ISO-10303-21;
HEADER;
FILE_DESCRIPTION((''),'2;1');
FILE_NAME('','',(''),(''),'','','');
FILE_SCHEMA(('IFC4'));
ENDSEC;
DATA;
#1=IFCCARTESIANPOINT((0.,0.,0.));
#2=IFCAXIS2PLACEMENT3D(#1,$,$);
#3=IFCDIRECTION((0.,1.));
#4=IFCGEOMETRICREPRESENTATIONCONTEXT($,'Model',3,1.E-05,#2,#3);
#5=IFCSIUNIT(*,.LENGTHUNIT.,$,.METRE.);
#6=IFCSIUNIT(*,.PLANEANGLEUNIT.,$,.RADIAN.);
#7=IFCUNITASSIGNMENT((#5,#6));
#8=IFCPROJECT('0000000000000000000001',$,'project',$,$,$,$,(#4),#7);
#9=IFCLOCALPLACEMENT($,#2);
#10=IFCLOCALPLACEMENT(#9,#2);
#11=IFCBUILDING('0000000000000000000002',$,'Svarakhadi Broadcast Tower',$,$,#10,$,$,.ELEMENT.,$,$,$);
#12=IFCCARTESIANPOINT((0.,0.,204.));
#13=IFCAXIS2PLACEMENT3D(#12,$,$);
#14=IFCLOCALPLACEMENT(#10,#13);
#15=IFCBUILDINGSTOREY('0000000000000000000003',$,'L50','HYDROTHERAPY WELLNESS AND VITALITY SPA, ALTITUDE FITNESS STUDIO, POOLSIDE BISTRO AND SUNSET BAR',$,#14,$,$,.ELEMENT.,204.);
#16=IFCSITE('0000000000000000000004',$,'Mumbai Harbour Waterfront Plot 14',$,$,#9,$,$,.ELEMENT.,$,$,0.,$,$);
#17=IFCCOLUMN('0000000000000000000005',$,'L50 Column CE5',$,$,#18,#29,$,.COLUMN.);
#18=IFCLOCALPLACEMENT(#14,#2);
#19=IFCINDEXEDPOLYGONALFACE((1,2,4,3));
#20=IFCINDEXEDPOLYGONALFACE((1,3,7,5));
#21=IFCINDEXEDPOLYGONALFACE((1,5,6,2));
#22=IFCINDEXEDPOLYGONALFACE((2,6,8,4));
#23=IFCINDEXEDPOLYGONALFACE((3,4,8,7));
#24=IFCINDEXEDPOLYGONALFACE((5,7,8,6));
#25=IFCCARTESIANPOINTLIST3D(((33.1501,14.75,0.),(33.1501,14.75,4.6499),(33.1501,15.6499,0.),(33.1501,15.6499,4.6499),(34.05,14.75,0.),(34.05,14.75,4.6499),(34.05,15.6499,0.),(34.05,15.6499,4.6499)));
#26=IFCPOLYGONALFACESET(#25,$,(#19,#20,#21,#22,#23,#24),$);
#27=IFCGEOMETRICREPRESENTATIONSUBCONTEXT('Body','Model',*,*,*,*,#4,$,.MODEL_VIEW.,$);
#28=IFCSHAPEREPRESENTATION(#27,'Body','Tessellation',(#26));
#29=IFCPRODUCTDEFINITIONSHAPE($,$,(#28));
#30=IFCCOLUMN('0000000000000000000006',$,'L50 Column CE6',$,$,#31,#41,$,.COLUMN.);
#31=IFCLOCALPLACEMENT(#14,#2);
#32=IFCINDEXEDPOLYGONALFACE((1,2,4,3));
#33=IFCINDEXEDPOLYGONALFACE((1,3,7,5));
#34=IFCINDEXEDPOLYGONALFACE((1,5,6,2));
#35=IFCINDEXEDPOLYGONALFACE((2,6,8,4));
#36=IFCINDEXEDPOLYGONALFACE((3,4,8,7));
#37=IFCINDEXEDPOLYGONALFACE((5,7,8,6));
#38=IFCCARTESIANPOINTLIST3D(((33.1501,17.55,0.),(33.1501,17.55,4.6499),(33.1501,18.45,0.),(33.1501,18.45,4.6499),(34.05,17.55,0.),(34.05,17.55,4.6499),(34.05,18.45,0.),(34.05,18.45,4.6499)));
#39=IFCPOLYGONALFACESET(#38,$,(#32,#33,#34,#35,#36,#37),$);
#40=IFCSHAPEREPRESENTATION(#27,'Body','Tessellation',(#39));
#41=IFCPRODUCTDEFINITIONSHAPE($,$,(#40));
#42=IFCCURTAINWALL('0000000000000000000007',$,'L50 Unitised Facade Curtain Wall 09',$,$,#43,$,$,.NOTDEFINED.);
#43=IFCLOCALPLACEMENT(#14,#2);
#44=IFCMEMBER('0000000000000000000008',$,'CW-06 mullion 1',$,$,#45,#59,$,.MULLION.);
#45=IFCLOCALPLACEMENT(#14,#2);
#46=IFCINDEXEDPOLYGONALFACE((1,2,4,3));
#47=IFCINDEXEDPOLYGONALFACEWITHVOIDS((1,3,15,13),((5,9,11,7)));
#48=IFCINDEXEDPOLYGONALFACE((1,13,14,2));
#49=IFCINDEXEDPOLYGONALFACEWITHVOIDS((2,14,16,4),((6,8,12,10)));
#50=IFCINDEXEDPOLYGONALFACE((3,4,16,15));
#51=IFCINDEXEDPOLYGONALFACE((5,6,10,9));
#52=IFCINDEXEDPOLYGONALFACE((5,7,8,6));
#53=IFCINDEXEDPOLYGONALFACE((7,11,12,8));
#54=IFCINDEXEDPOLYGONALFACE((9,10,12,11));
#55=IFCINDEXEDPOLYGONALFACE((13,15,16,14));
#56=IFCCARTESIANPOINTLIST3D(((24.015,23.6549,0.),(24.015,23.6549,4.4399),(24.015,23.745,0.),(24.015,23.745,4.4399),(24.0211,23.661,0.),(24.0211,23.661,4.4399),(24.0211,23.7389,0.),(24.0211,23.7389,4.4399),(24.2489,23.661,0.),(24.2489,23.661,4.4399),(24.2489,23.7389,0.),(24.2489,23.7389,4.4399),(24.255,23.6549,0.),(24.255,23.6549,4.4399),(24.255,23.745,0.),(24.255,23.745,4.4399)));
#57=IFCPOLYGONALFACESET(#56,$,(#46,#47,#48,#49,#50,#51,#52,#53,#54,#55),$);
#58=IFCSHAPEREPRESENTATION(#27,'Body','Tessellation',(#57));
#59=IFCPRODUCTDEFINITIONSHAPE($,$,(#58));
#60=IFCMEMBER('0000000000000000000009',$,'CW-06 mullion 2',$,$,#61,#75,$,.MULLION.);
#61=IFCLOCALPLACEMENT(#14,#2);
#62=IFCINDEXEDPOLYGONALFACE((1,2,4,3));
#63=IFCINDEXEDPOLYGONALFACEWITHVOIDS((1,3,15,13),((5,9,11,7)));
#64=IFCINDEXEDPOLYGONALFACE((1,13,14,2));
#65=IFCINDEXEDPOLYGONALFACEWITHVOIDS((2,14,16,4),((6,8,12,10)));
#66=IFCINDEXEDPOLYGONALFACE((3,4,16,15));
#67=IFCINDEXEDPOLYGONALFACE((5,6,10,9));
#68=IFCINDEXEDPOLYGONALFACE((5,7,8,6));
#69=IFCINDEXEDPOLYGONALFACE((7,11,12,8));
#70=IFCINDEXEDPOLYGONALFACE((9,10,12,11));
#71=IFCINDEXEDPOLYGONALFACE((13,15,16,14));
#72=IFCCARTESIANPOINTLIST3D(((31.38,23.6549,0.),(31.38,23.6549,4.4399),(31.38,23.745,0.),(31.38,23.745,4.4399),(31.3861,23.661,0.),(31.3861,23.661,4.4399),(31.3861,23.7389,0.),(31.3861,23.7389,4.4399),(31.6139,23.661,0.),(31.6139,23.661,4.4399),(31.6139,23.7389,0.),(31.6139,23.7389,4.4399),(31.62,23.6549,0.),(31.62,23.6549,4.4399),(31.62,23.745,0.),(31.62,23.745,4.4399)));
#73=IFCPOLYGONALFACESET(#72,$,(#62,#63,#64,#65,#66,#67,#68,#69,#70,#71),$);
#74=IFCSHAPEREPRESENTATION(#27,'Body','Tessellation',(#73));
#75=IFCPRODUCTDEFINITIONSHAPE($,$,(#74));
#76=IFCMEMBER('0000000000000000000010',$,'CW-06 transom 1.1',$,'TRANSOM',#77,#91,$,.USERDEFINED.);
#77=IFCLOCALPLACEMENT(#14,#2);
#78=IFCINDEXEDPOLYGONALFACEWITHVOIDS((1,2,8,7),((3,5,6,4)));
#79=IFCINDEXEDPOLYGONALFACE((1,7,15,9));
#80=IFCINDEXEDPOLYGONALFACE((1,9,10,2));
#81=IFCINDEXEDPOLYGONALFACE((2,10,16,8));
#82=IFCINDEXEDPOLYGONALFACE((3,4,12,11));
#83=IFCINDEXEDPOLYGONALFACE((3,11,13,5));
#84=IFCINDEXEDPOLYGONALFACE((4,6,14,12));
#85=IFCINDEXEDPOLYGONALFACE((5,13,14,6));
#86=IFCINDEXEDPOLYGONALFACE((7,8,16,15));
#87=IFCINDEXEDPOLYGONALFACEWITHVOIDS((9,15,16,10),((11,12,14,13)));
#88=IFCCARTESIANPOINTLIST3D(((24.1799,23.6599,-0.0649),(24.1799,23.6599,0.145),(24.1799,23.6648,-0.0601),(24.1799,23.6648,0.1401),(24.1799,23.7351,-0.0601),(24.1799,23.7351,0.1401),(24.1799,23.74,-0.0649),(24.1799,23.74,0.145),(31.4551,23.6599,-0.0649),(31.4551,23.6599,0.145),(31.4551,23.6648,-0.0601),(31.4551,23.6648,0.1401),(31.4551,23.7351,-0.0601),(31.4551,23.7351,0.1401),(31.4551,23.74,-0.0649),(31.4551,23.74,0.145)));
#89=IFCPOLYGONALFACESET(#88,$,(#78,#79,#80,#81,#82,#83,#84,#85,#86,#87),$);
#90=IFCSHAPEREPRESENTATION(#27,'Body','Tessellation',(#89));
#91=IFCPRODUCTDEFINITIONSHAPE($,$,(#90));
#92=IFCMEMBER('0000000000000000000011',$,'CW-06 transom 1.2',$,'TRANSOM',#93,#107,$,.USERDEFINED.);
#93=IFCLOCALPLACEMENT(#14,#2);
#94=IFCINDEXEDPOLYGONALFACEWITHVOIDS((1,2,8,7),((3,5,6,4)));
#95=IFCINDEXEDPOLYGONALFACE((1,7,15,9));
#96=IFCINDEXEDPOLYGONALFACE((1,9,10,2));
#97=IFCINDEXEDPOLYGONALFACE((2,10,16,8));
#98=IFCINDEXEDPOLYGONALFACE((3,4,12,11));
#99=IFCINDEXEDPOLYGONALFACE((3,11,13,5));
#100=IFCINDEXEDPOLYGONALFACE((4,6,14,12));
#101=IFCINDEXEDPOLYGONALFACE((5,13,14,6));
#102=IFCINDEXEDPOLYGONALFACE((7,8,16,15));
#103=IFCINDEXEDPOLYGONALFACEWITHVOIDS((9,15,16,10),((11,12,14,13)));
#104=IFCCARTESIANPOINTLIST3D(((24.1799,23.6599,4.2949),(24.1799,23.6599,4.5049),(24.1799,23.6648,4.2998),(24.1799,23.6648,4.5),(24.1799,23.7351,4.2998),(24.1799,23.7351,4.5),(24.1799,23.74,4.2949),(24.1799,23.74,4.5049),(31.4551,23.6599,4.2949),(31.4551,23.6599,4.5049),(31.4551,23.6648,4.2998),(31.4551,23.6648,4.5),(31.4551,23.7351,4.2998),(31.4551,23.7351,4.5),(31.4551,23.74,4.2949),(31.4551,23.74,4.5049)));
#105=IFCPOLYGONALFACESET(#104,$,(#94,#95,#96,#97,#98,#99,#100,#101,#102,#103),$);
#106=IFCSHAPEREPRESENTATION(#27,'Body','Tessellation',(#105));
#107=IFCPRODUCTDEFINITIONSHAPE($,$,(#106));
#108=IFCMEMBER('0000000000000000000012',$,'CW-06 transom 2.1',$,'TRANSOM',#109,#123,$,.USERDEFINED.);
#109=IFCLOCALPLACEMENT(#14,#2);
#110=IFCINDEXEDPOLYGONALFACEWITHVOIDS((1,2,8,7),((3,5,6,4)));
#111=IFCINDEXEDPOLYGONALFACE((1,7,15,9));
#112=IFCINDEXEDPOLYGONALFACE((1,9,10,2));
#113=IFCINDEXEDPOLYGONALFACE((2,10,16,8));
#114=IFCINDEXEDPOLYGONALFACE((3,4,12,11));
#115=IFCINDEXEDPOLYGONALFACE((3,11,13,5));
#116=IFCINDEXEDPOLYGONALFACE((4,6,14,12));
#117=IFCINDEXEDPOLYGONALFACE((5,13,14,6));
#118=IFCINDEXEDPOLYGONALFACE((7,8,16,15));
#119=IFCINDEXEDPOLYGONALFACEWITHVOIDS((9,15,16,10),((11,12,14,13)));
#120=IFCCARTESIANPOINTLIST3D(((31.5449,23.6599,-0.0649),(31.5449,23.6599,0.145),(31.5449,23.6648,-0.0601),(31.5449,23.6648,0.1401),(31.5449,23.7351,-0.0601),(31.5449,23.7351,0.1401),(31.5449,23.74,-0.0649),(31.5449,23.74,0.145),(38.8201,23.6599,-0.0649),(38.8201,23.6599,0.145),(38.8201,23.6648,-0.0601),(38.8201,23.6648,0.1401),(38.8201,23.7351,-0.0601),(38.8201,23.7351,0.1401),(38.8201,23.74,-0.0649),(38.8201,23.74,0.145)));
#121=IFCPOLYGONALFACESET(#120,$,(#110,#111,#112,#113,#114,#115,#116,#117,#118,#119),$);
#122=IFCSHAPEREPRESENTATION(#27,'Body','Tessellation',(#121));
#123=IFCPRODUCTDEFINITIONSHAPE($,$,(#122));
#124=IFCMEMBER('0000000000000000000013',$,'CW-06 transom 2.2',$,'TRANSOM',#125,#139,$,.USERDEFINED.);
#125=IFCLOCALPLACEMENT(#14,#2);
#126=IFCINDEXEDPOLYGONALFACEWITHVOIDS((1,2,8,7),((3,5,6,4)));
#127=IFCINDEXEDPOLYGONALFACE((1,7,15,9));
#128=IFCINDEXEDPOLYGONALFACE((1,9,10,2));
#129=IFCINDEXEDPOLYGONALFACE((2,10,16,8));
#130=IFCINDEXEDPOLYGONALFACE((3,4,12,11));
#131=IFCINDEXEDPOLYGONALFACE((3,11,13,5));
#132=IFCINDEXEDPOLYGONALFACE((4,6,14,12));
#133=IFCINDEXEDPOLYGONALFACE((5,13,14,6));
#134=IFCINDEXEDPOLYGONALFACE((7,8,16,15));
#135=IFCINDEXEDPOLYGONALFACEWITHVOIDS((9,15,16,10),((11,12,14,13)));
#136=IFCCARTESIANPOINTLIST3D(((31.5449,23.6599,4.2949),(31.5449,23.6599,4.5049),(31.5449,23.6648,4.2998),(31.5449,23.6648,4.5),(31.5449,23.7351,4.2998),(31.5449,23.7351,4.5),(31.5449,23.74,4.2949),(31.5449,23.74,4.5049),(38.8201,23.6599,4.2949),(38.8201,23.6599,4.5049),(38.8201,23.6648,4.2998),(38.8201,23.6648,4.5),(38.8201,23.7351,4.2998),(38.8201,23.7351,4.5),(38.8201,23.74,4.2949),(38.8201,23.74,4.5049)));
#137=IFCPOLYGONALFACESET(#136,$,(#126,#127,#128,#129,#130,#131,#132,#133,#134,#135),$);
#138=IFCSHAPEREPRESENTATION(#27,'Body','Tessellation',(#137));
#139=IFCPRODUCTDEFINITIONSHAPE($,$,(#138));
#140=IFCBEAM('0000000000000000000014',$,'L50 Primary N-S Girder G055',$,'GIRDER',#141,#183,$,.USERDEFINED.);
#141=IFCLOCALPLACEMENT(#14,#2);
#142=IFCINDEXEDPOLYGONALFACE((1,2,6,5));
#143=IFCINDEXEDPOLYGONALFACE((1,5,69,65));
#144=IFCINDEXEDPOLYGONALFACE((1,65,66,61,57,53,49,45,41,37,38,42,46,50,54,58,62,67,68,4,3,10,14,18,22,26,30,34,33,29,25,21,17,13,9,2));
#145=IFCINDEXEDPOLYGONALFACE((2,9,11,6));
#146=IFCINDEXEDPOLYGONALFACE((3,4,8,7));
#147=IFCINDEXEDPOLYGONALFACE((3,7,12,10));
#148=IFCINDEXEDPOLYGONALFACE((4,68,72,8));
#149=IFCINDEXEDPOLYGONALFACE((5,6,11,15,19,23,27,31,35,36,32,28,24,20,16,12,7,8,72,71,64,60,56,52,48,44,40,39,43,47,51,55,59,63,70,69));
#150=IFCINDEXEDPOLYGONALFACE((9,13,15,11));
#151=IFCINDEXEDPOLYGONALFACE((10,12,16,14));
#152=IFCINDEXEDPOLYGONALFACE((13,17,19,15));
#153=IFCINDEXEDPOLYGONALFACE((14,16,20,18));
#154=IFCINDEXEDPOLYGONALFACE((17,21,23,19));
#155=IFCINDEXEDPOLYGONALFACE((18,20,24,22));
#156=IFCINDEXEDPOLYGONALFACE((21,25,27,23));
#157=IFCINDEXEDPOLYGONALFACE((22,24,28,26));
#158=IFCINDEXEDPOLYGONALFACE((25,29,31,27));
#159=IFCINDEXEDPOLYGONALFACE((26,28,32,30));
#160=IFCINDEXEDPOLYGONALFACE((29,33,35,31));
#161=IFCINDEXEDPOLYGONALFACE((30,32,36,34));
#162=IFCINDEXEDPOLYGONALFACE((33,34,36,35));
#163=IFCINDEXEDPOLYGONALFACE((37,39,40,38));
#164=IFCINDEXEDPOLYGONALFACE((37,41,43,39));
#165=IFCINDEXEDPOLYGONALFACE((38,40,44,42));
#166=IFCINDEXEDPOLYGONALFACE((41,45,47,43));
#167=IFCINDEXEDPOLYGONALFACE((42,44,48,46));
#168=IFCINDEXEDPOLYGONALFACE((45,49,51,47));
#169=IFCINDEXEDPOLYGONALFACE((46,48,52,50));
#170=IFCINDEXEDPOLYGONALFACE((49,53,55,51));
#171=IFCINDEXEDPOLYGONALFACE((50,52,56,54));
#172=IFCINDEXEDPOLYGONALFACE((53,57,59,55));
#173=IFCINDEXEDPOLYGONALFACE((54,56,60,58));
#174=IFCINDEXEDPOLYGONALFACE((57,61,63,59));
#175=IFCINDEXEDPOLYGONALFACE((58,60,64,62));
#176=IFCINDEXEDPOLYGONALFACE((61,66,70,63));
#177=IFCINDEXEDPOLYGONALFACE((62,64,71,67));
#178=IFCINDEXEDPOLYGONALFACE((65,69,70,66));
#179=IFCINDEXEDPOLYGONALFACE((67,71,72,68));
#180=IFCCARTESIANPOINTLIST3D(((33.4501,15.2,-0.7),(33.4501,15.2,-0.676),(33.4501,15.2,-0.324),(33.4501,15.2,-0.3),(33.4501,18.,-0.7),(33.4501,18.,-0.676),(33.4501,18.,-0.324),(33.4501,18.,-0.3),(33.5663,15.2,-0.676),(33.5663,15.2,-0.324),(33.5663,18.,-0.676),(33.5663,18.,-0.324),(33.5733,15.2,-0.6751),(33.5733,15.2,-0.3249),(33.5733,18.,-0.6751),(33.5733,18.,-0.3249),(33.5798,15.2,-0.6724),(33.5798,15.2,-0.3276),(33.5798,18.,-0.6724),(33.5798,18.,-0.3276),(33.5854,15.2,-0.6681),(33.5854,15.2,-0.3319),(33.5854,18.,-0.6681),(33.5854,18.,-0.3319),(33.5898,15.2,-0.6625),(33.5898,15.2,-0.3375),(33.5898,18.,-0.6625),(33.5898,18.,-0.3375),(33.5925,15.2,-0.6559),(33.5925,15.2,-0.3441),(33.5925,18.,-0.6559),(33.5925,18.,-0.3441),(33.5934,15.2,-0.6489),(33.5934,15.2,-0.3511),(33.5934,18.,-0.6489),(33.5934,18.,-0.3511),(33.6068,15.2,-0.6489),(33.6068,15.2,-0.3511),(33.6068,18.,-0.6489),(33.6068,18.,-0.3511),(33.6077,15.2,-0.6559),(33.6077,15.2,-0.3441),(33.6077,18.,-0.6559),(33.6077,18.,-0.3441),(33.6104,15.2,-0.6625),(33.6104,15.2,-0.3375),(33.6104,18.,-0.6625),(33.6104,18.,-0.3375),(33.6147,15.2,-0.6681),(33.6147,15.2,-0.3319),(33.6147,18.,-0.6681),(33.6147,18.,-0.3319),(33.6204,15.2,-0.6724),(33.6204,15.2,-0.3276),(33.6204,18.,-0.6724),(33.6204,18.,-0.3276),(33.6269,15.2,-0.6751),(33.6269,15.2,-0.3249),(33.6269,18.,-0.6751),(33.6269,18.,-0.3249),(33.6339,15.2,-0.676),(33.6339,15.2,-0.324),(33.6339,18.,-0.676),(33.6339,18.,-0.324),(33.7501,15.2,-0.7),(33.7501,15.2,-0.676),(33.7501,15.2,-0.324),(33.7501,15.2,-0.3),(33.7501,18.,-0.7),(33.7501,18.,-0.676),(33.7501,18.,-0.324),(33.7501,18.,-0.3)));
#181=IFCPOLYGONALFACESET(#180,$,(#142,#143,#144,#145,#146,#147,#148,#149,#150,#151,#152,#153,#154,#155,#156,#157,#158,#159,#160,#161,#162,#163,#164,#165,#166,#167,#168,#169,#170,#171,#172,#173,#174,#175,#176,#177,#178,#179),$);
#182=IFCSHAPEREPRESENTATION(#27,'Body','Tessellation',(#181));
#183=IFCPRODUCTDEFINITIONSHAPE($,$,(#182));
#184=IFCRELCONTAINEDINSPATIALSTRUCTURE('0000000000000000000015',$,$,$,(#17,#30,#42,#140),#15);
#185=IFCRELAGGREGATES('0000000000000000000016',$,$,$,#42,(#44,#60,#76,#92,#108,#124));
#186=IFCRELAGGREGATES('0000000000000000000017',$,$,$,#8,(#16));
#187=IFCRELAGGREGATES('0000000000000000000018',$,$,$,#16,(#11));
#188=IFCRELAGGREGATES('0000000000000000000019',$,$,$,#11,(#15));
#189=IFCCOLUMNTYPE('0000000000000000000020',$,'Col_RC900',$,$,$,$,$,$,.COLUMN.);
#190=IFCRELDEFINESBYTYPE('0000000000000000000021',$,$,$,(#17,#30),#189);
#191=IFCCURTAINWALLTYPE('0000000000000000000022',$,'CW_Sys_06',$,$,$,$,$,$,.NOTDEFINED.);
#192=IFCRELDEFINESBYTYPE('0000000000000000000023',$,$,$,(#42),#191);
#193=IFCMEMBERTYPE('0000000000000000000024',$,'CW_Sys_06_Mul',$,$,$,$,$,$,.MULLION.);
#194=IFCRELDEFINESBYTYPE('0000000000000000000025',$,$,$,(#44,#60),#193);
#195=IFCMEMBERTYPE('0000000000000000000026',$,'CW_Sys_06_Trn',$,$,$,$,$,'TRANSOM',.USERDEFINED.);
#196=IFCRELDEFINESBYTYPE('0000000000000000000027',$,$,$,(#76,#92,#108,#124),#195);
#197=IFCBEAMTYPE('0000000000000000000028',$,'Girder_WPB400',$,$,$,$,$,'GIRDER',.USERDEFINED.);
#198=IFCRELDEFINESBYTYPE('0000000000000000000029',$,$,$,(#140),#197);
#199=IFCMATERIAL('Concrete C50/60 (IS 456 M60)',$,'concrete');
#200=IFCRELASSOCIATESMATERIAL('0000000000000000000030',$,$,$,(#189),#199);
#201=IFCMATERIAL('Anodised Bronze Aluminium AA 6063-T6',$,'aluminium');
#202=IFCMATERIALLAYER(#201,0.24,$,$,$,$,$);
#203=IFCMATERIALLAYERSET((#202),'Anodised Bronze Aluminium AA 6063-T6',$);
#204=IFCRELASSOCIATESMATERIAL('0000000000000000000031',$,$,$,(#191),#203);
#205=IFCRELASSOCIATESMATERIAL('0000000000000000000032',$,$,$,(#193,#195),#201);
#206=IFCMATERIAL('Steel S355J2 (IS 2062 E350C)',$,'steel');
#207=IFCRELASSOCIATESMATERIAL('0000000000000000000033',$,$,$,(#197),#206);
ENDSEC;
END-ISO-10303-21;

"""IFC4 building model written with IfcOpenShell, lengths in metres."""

from ifc_helpers import new_model, si_unit, direction, frame, origin, origin_2d, place, context, subcontext, project, spatial, rectangle, hollow_rectangle, i_section, extrude, material, layer, layer_set, material_profile, profile_set, type_object, element, aggregate, save


model = new_model("IFC4")

# Units and contexts
model_context = context("Model", 3, precision=1e-05, world=origin(), true_north=direction((0.0, 1.0)))
body_context = subcontext(model_context, "Body", "Model", "MODEL_VIEW")
ifc_project = project(units=[si_unit("LENGTHUNIT", "METRE"), si_unit("PLANEANGLEUNIT", "RADIAN")], contexts=[model_context])

# Site, building, storey
site_placement = place(None, origin())
site = spatial("IfcSite", under=ifc_project, at=site_placement, Name="Mumbai Harbour Waterfront Plot 14", CompositionType="ELEMENT", RefElevation=0.0)
building_placement = place(site_placement, origin())
building = spatial("IfcBuilding", under=site, at=building_placement, Name="Svarakhadi Broadcast Tower", CompositionType="ELEMENT")
storey_placement = place(building_placement, frame((0.0, 0.0, 204.0)))
storey = spatial("IfcBuildingStorey", under=building, at=storey_placement, Name="L50", Description="HYDROTHERAPY WELLNESS AND VITALITY SPA, ALTITUDE FITNESS STUDIO, POOLSIDE BISTRO AND SUNSET BAR", CompositionType="ELEMENT", Elevation=204.0)

# Columns
ifc_material_1 = material(Name="Concrete C50/60 (IS 456 M60)", Category="concrete")
ifc_material_profile_1 = material_profile(ifc_material_1, rectangle(XDim=0.8999, YDim=0.8999, at=origin_2d()), Name="RC 900x900")
ifc_profile_set_1 = profile_set([ifc_material_profile_1], Name="Concrete C50/60 (IS 456 M60)")
column_type = type_object("IfcColumnType", Name="Col_RC900", PredefinedType="COLUMN", material=ifc_profile_set_1)
for number, where, z_axis, x_axis, name in (
    (1, (33.6001, 15.2, 0.0), (0.0, 0.0, 1.0), (1.0, 0.0, 0.0), "L50 Column CE5"),
    (2, (33.6001, 18.0, 0.0), (0.0, 0.0, 1.0), (1.0, 0.0, 0.0), "L50 Column CE6"),
):
    element("IfcColumn", number, at=place(storey_placement, frame(where, z_axis=z_axis, x_axis=x_axis)), inside=storey, type_object=column_type, Name=name, PredefinedType="COLUMN", context=body_context, shape_type="SweptSolid", body=[
        extrude(rectangle(XDim=0.8999, YDim=0.8999, at=origin_2d()), origin(), (0.0, 0.0, 1.0), 4.6499),
    ])

# Curtain wall, members
ifc_material_2 = material(Name="Anodised Bronze Aluminium AA 6063-T6", Category="aluminium")
ifc_layer_1 = layer(ifc_material_2, 0.24)
ifc_layer_set_1 = layer_set([ifc_layer_1], Name="Anodised Bronze Aluminium AA 6063-T6")
curtain_wall_type = type_object("IfcCurtainWallType", Name="CW_Sys_06", PredefinedType="NOTDEFINED", material=ifc_layer_set_1)
curtain_wall_placement = place(storey_placement, origin())
curtain_wall = element("IfcCurtainWall", 3, at=curtain_wall_placement, inside=storey, type_object=curtain_wall_type, Name="L50 Unitised Facade Curtain Wall 09", PredefinedType="NOTDEFINED")
ifc_material_profile_2 = material_profile(ifc_material_2, hollow_rectangle(XDim=0.0901, YDim=0.24, WallThickness=0.0061, at=origin_2d()), Name="ALU MULLION 240x90x6")
ifc_profile_set_2 = profile_set([ifc_material_profile_2], Name="Anodised Bronze Aluminium AA 6063-T6")
member_type_1 = type_object("IfcMemberType", Name="CW_Sys_06_Mul", PredefinedType="MULLION", material=ifc_profile_set_2)
member_1_placement = place(storey_placement, frame((24.135, 23.7, 0.0), z_axis=(0.0, 0.0, 1.0), x_axis=(0.0, 1.0, 0.0)))
member_1 = element("IfcMember", 4, at=member_1_placement, type_object=member_type_1, Name="CW-06 mullion 1", PredefinedType="MULLION", context=body_context, shape_type="SweptSolid", body=[
    extrude(hollow_rectangle(XDim=0.0901, YDim=0.24, WallThickness=0.0061, at=origin_2d()), origin(), (0.0, 0.0, 1.0), 4.4399),
])
member_2_placement = place(storey_placement, frame((31.5, 23.7, 0.0), z_axis=(0.0, 0.0, 1.0), x_axis=(0.0, 1.0, 0.0)))
member_2 = element("IfcMember", 5, at=member_2_placement, type_object=member_type_1, Name="CW-06 mullion 2", PredefinedType="MULLION", context=body_context, shape_type="SweptSolid", body=[
    extrude(hollow_rectangle(XDim=0.0901, YDim=0.24, WallThickness=0.0061, at=origin_2d()), origin(), (0.0, 0.0, 1.0), 4.4399),
])
ifc_material_profile_3 = material_profile(ifc_material_2, hollow_rectangle(XDim=0.0801, YDim=0.21, WallThickness=0.0049, at=origin_2d()), Name="ALU TRANSOM 210x80x5")
ifc_profile_set_3 = profile_set([ifc_material_profile_3], Name="Anodised Bronze Aluminium AA 6063-T6")
member_type_2 = type_object("IfcMemberType", Name="CW_Sys_06_Trn", ElementType="TRANSOM", PredefinedType="USERDEFINED", material=ifc_profile_set_3)
member_3_placement = place(storey_placement, frame((24.1799, 23.7, 0.04), z_axis=(1.0, 0.0, 0.0), x_axis=(0.0, 1.0, 0.0)))
member_3 = element("IfcMember", 6, at=member_3_placement, type_object=member_type_2, Name="CW-06 transom 1.1", ObjectType="TRANSOM", PredefinedType="USERDEFINED", context=body_context, shape_type="SweptSolid", body=[
    extrude(hollow_rectangle(XDim=0.0801, YDim=0.21, WallThickness=0.0049, at=origin_2d()), origin(), (0.0, 0.0, 1.0), 7.2751),
])
member_4_placement = place(storey_placement, frame((24.1799, 23.7, 4.3999), z_axis=(1.0, 0.0, 0.0), x_axis=(0.0, 1.0, 0.0)))
member_4 = element("IfcMember", 7, at=member_4_placement, type_object=member_type_2, Name="CW-06 transom 1.2", ObjectType="TRANSOM", PredefinedType="USERDEFINED", context=body_context, shape_type="SweptSolid", body=[
    extrude(hollow_rectangle(XDim=0.0801, YDim=0.21, WallThickness=0.0049, at=origin_2d()), origin(), (0.0, 0.0, 1.0), 7.2751),
])
member_5_placement = place(storey_placement, frame((31.5449, 23.7, 0.04), z_axis=(1.0, 0.0, 0.0), x_axis=(0.0, 1.0, 0.0)))
member_5 = element("IfcMember", 8, at=member_5_placement, type_object=member_type_2, Name="CW-06 transom 2.1", ObjectType="TRANSOM", PredefinedType="USERDEFINED", context=body_context, shape_type="SweptSolid", body=[
    extrude(hollow_rectangle(XDim=0.0801, YDim=0.21, WallThickness=0.0049, at=origin_2d()), origin(), (0.0, 0.0, 1.0), 7.2751),
])
member_6_placement = place(storey_placement, frame((31.5449, 23.7, 4.3999), z_axis=(1.0, 0.0, 0.0), x_axis=(0.0, 1.0, 0.0)))
member_6 = element("IfcMember", 9, at=member_6_placement, type_object=member_type_2, Name="CW-06 transom 2.2", ObjectType="TRANSOM", PredefinedType="USERDEFINED", context=body_context, shape_type="SweptSolid", body=[
    extrude(hollow_rectangle(XDim=0.0801, YDim=0.21, WallThickness=0.0049, at=origin_2d()), origin(), (0.0, 0.0, 1.0), 7.2751),
])

# Beam
ifc_material_3 = material(Name="Steel S355J2 (IS 2062 E350C)", Category="steel")
ifc_material_profile_4 = material_profile(ifc_material_3, i_section(OverallWidth=0.3, OverallDepth=0.3999, WebThickness=0.0134, FlangeThickness=0.0239, FilletRadius=0.0271, at=origin_2d()), Name="WPB 400x300x155")
ifc_profile_set_4 = profile_set([ifc_material_profile_4], Name="Steel S355J2 (IS 2062 E350C)")
beam_type = type_object("IfcBeamType", Name="Girder_WPB400", ElementType="GIRDER", PredefinedType="USERDEFINED", material=ifc_profile_set_4)
beam_placement = place(storey_placement, frame((33.6001, 15.2, -0.5), z_axis=(0.0, 1.0, 0.0), x_axis=(-1.0, 0.0, 0.0)))
element("IfcBeam", 10, at=beam_placement, inside=storey, type_object=beam_type, Name="L50 Primary N-S Girder G055", ObjectType="GIRDER", PredefinedType="USERDEFINED", context=body_context, shape_type="SweptSolid", body=[
    extrude(i_section(OverallWidth=0.3, OverallDepth=0.3999, WebThickness=0.0134, FlangeThickness=0.0239, FilletRadius=0.0271, at=origin_2d()), origin(), (0.0, 0.0, 1.0), 2.8),
])

aggregate(curtain_wall, [member_1, member_2, member_3, member_4, member_5, member_6])

save(model, "model.ifc")
